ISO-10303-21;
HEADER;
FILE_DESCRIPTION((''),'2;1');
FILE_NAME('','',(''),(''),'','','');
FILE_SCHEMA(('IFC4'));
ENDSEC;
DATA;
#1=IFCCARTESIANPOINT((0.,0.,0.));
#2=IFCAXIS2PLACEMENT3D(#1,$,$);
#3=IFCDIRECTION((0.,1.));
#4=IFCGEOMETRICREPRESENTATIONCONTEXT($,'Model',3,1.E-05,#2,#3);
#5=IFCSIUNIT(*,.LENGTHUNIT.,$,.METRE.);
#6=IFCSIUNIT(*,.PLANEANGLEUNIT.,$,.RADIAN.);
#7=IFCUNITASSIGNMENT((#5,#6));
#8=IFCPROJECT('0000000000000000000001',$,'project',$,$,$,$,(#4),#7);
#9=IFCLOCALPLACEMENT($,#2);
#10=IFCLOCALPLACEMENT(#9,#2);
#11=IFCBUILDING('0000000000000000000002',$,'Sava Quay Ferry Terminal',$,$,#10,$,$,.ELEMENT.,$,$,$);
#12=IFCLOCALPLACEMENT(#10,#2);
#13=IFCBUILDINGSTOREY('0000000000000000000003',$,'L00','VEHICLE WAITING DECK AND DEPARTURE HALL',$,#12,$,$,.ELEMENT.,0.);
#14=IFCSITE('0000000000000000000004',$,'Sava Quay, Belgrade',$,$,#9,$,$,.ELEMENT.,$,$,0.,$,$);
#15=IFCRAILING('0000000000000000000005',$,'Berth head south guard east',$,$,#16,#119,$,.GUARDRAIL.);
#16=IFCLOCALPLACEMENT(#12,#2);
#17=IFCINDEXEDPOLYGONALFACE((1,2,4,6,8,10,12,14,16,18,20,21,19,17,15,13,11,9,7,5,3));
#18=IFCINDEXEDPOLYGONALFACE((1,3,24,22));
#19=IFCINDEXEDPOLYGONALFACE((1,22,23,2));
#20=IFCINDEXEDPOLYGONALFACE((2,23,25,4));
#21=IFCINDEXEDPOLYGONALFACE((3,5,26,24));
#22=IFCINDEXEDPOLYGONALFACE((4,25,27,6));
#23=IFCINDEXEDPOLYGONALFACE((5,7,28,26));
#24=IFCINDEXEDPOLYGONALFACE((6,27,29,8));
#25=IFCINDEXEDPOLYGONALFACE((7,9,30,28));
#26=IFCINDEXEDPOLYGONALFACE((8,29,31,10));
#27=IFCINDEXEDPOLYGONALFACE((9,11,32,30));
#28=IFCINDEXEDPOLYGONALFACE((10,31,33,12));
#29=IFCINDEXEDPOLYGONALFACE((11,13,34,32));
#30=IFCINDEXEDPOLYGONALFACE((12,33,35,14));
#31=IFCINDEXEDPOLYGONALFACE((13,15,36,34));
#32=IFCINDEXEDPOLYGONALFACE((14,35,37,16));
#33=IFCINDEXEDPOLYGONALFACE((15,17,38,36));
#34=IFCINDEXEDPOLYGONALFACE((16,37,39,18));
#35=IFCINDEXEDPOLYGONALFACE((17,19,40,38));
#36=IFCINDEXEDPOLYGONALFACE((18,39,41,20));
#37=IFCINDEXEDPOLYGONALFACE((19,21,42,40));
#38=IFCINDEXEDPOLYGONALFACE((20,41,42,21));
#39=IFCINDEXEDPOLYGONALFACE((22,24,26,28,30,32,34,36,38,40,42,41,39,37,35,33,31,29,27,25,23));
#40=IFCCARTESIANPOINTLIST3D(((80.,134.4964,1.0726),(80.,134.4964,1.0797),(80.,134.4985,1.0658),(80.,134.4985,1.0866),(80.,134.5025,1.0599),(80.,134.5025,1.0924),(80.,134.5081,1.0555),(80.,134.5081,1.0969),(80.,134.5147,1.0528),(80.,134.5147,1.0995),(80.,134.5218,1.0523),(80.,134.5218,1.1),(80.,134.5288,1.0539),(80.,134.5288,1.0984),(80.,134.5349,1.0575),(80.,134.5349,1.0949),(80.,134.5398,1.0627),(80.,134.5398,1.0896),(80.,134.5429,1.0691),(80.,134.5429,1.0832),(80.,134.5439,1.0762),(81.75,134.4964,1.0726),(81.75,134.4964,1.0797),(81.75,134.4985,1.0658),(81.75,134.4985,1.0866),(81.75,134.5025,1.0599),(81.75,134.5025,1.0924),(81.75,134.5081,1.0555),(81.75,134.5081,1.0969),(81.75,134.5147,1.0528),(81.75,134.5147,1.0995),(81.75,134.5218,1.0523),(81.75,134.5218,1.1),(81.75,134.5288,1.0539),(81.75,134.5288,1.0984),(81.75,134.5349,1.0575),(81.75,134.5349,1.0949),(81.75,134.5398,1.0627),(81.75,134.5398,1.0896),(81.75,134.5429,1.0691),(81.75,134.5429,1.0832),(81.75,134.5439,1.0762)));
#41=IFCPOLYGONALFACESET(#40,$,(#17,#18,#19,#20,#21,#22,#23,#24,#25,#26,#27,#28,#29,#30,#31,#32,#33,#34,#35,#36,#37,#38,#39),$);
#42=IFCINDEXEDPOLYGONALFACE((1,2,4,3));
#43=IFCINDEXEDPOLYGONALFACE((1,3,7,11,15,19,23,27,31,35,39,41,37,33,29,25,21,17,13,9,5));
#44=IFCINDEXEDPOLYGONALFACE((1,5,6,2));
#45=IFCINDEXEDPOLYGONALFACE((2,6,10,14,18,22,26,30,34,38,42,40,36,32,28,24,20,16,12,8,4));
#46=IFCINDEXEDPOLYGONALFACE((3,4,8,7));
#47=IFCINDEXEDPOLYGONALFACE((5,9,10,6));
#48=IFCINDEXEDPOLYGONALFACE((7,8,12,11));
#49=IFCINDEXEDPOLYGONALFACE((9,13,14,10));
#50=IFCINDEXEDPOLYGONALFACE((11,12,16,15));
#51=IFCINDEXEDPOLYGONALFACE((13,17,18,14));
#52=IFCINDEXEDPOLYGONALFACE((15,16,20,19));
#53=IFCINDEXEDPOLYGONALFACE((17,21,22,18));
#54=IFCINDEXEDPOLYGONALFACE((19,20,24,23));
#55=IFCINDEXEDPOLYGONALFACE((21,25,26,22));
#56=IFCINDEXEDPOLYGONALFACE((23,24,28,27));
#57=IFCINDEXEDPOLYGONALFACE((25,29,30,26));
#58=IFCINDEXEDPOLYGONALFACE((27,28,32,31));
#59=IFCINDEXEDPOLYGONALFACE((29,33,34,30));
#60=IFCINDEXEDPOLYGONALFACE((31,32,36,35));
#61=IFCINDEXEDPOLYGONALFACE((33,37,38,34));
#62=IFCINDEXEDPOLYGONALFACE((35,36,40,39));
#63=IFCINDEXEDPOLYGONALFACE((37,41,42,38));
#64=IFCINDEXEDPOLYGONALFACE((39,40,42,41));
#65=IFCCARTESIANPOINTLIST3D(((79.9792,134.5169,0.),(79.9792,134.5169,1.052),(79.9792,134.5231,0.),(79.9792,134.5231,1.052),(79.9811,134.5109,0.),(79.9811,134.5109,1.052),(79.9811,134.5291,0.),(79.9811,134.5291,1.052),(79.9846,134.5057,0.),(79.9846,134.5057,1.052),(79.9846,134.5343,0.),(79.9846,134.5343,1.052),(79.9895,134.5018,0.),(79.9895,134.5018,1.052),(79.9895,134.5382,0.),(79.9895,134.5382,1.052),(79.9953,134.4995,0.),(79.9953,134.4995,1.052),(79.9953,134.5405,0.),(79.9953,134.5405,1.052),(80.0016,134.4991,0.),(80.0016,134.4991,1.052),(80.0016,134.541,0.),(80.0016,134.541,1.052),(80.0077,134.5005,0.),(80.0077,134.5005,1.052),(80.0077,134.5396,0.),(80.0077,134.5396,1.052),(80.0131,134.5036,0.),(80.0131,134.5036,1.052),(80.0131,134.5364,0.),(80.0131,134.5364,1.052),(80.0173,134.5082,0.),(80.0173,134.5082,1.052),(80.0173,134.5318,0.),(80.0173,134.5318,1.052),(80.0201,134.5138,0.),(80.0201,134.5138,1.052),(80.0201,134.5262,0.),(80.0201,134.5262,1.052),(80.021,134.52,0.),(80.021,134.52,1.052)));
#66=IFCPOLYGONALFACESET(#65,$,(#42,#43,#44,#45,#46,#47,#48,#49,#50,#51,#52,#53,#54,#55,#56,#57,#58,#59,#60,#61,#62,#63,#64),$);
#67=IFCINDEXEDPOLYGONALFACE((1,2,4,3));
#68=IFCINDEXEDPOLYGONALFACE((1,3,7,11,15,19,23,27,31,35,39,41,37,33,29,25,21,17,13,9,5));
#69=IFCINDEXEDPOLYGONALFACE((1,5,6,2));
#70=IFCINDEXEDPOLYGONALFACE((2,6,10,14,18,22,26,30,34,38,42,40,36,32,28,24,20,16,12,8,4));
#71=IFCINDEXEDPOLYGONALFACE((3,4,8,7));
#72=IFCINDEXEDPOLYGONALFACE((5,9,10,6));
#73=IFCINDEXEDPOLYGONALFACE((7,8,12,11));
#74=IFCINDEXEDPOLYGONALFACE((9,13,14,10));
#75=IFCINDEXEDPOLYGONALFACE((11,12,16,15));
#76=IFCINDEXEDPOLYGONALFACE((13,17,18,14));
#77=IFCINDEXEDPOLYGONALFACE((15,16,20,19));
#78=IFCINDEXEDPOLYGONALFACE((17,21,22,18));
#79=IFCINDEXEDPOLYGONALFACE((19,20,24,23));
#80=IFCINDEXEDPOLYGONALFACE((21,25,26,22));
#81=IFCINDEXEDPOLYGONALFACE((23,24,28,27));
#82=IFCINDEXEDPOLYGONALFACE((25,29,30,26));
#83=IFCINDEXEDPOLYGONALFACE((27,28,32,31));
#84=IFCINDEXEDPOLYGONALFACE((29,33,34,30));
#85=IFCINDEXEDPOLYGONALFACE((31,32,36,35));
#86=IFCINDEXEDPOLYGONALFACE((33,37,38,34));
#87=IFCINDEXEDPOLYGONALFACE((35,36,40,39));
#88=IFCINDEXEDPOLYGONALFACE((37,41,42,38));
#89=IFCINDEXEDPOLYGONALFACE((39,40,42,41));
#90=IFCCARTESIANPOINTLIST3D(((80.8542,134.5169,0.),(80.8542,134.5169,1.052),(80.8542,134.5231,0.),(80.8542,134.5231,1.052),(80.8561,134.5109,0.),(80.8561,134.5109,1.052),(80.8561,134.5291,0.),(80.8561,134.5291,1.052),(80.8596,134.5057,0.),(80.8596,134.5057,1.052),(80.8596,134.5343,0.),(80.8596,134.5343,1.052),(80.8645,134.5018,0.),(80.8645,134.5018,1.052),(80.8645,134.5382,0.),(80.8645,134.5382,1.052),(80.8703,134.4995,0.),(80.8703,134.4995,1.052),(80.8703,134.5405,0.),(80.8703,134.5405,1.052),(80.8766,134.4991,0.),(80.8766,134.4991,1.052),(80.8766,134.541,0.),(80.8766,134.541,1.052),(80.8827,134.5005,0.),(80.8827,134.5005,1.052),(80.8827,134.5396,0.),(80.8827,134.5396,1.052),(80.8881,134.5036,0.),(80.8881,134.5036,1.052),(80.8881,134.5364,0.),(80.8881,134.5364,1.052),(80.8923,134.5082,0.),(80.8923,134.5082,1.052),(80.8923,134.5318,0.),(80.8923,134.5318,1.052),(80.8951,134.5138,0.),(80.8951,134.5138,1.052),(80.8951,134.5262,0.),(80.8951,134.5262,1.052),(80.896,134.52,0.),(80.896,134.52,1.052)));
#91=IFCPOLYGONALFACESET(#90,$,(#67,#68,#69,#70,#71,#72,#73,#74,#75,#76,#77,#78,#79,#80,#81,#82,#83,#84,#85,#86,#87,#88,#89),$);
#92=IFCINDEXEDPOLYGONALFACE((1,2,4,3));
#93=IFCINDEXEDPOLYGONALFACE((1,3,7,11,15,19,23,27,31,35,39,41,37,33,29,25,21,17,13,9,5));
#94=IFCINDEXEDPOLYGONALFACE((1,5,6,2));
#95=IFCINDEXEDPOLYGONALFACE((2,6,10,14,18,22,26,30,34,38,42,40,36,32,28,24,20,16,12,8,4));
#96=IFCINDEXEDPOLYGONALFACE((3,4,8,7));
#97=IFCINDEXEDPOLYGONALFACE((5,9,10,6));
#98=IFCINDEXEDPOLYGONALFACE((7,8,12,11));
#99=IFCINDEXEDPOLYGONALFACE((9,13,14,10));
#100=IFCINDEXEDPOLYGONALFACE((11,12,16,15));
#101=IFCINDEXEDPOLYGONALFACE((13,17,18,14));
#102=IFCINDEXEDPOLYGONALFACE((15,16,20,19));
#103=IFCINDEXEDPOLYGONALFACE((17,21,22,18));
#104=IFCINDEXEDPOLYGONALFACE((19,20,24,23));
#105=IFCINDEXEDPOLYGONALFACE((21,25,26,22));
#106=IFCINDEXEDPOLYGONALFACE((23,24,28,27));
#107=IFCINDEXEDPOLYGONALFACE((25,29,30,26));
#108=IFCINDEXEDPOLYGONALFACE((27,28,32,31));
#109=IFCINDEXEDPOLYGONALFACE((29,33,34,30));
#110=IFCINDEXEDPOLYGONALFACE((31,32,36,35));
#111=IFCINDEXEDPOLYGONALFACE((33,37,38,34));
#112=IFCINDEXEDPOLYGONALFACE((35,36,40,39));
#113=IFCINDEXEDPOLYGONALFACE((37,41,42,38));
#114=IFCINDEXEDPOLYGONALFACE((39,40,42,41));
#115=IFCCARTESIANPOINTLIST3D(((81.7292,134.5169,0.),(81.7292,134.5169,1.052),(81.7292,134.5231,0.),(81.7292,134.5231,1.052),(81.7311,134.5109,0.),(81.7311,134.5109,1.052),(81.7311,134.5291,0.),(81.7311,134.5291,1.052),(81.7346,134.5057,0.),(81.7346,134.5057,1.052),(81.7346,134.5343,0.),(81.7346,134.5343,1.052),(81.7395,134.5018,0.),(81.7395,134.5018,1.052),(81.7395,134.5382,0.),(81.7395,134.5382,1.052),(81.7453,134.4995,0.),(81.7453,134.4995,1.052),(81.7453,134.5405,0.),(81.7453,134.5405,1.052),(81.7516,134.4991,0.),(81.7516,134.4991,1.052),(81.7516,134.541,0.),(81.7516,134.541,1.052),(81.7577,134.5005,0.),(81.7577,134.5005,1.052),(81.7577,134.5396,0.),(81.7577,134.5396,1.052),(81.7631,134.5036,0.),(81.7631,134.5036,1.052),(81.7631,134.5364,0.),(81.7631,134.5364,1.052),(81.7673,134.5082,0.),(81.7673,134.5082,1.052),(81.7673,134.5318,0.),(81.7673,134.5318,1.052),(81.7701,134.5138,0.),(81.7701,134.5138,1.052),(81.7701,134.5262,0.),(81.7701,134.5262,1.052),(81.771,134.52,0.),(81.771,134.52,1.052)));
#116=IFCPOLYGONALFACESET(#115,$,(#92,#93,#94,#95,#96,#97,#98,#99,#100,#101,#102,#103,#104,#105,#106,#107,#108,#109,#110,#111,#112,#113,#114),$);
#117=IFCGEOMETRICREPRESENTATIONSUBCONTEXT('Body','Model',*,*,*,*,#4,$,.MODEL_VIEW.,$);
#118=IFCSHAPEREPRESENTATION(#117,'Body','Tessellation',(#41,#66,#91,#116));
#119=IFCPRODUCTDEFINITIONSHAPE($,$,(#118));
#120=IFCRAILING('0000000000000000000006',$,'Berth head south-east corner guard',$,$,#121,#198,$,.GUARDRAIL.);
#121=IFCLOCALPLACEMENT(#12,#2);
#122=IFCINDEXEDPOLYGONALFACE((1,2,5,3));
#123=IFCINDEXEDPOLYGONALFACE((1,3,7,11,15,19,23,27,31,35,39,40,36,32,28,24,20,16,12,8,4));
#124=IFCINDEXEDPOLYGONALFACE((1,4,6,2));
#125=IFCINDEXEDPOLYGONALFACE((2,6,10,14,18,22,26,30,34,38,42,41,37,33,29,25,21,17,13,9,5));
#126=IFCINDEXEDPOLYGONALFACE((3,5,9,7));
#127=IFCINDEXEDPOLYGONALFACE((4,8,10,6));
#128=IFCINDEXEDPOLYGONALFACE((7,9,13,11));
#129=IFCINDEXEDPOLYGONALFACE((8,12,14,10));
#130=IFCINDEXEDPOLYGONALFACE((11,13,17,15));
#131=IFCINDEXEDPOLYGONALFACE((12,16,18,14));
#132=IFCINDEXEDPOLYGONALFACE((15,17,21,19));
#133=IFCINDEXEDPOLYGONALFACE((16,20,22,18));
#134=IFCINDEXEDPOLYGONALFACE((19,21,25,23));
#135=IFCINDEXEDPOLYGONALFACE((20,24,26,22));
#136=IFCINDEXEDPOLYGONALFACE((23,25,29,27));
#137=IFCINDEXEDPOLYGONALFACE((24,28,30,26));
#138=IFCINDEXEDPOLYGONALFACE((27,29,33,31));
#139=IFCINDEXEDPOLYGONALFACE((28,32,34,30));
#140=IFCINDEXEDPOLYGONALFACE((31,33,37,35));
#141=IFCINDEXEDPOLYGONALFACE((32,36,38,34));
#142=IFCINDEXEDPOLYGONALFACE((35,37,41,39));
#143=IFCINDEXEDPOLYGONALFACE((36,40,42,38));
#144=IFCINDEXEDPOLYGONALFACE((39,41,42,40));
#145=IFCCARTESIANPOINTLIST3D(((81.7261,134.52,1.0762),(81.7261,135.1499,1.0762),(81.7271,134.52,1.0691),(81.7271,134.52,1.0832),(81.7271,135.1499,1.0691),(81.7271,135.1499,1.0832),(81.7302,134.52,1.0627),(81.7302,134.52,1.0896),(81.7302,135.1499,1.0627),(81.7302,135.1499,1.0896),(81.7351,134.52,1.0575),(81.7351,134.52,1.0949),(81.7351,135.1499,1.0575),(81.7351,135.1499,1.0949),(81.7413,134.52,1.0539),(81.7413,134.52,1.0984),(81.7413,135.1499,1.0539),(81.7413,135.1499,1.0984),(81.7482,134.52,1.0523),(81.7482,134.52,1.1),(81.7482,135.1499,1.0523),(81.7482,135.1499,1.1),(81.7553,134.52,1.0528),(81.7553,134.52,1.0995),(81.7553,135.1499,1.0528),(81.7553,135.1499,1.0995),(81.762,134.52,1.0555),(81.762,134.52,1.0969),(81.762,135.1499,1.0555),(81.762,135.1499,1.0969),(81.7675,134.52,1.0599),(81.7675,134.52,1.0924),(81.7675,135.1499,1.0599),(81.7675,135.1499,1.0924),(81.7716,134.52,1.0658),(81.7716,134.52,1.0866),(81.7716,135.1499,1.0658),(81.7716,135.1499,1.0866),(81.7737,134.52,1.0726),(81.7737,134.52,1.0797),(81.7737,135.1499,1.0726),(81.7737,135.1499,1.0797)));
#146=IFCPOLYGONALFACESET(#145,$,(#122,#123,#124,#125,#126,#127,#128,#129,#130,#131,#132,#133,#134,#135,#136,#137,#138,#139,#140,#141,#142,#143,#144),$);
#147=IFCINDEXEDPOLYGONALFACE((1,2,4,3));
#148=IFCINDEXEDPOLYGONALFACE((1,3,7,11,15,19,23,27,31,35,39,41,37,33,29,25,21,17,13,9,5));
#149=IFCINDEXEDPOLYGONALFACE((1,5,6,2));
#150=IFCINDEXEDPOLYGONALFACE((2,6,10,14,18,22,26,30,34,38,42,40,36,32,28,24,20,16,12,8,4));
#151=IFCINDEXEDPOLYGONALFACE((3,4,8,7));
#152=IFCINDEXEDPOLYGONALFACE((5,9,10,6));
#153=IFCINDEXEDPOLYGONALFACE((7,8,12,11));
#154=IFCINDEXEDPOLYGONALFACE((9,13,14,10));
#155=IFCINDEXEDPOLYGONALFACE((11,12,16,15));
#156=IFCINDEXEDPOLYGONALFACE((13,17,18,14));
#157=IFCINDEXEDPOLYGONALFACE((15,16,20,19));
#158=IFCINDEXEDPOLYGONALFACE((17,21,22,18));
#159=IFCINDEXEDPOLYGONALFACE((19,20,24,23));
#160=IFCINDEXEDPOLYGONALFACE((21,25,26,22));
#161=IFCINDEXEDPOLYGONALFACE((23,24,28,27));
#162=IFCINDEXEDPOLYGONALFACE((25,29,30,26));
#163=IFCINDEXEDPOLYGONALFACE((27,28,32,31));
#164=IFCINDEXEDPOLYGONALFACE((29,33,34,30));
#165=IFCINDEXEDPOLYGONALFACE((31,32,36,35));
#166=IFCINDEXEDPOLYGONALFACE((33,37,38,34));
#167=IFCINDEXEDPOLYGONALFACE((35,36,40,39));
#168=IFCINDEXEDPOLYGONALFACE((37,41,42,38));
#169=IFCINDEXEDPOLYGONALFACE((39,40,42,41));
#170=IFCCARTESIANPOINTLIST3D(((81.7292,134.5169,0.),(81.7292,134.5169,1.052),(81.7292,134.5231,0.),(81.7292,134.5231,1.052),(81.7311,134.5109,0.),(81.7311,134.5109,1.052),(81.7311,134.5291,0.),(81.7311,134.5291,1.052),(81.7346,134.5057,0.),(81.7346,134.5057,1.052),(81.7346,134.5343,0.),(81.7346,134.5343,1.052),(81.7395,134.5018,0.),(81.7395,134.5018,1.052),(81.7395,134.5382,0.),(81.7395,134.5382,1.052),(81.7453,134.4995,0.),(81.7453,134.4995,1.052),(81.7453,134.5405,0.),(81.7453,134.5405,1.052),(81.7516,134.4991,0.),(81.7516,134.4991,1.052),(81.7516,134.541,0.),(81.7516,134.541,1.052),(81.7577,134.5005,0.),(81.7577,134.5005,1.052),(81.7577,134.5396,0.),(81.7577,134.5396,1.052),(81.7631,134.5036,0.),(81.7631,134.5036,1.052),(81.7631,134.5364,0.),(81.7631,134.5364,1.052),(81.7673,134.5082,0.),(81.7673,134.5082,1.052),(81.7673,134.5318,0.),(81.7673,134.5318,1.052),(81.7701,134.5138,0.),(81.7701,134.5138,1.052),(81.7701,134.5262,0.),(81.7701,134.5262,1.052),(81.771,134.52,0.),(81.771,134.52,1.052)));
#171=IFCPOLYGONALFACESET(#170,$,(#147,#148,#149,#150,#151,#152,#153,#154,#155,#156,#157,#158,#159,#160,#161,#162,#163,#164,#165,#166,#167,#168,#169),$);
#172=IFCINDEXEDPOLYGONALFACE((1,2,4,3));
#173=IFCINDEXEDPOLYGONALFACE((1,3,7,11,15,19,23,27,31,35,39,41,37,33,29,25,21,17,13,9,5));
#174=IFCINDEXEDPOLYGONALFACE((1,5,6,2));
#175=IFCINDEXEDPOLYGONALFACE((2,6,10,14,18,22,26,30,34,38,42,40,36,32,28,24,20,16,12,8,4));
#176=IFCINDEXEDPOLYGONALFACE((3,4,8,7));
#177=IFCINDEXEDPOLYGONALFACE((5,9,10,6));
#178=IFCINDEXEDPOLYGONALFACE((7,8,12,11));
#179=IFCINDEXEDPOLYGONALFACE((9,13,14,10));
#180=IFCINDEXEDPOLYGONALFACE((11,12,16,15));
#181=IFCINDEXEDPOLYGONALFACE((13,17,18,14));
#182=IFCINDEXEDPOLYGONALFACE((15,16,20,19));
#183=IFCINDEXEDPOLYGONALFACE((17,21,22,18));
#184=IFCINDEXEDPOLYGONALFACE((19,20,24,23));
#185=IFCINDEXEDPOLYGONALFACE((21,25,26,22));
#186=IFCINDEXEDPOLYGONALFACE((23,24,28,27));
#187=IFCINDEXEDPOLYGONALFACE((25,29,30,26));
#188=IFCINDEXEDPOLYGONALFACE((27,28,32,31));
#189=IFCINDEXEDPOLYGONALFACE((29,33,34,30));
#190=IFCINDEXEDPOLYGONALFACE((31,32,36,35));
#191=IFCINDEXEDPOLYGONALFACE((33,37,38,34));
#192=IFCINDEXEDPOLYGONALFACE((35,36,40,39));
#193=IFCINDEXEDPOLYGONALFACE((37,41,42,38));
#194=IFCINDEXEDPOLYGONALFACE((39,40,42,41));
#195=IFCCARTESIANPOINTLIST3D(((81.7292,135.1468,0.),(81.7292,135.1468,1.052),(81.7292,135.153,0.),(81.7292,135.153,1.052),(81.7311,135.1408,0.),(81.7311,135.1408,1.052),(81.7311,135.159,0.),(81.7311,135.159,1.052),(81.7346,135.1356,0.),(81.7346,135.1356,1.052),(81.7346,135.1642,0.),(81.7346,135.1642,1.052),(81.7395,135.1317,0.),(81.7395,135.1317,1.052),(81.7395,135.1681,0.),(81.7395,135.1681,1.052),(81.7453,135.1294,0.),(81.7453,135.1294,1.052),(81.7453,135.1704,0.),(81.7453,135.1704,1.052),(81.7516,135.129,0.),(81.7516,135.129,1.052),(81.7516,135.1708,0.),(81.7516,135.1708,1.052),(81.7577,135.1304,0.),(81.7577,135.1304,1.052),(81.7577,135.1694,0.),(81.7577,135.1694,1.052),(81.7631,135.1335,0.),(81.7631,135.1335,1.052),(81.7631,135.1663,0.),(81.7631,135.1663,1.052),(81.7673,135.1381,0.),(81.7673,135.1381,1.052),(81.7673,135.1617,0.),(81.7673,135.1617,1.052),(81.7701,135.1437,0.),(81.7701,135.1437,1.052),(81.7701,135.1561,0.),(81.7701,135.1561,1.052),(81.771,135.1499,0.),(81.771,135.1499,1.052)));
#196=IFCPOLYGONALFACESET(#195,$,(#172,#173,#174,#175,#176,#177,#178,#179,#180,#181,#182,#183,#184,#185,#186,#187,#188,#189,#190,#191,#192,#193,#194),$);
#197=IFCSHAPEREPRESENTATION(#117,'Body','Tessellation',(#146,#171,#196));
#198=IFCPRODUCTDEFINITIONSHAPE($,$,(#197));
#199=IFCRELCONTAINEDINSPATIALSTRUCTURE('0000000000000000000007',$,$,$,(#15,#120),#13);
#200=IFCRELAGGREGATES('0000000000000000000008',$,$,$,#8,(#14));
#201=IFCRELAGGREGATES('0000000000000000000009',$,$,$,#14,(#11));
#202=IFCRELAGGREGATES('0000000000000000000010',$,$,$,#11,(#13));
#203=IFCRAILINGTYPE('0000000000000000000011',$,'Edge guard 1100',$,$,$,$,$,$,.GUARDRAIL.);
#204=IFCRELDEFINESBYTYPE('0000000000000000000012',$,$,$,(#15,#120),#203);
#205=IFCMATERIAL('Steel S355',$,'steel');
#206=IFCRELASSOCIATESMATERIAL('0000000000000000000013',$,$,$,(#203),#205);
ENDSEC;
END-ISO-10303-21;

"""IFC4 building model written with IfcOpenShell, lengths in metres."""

from ifc_helpers import new_model, si_unit, direction, frame, origin, origin_2d, place, context, subcontext, project, spatial, circle, extrude, material, type_object, element, save


model = new_model("IFC4")

# Units and contexts
model_context = context("Model", 3, precision=1e-05, world=origin(), true_north=direction((0.0, 1.0)))
body_context = subcontext(model_context, "Body", "Model", "MODEL_VIEW")
ifc_project = project(units=[si_unit("LENGTHUNIT", "METRE"), si_unit("PLANEANGLEUNIT", "RADIAN")], contexts=[model_context])

# Site, building, storey
site_placement = place(None, origin())
site = spatial("IfcSite", under=ifc_project, at=site_placement, Name="Sava Quay, Belgrade", CompositionType="ELEMENT", RefElevation=0.0)
building_placement = place(site_placement, origin())
building = spatial("IfcBuilding", under=site, at=building_placement, Name="Sava Quay Ferry Terminal", CompositionType="ELEMENT")
storey_placement = place(building_placement, origin())
storey = spatial("IfcBuildingStorey", under=building, at=storey_placement, Name="L00", Description="VEHICLE WAITING DECK AND DEPARTURE HALL", CompositionType="ELEMENT", Elevation=0.0)

# Railings
ifc_material_1 = material(Name="Steel S355", Category="steel")
railing_type = type_object("IfcRailingType", Name="Edge guard 1100", PredefinedType="GUARDRAIL", material=ifc_material_1)
railing_1_placement = place(storey_placement, frame((80.0, 134.52, 0.0)))
element("IfcRailing", 1, at=railing_1_placement, inside=storey, type_object=railing_type, Name="Berth head south guard east", PredefinedType="GUARDRAIL", context=body_context, shape_type="SweptSolid", body=[
    extrude(circle(Radius=0.0239, at=origin_2d()), frame((0.0, 0.0, 1.0762), z_axis=(1.0, 0.0, 0.0), x_axis=(0.0, 1.0, 0.0)), (0.0, 0.0, 1.0), 1.75),
    extrude(circle(Radius=0.021, at=origin_2d()), origin(), (0.0, 0.0, 1.0), 1.052),
    extrude(circle(Radius=0.021, at=origin_2d()), frame((0.875, 0.0, 0.0)), (0.0, 0.0, 1.0), 1.052),
    extrude(circle(Radius=0.021, at=origin_2d()), frame((1.75, 0.0, 0.0)), (0.0, 0.0, 1.0), 1.052),
])
railing_2_placement = place(storey_placement, frame((81.75, 134.52, 0.0)))
element("IfcRailing", 2, at=railing_2_placement, inside=storey, type_object=railing_type, Name="Berth head south-east corner guard", PredefinedType="GUARDRAIL", context=body_context, shape_type="SweptSolid", body=[
    extrude(circle(Radius=0.0239, at=origin_2d()), frame((0.0, 0.0, 1.0762), z_axis=(0.0, 1.0, 0.0), x_axis=(-1.0, 0.0, 0.0)), (0.0, 0.0, 1.0), 0.6299),
    extrude(circle(Radius=0.021, at=origin_2d()), origin(), (0.0, 0.0, 1.0), 1.052),
    extrude(circle(Radius=0.021, at=origin_2d()), frame((0.0, 0.6299, 0.0)), (0.0, 0.0, 1.0), 1.052),
])

save(model, "model.ifc")
